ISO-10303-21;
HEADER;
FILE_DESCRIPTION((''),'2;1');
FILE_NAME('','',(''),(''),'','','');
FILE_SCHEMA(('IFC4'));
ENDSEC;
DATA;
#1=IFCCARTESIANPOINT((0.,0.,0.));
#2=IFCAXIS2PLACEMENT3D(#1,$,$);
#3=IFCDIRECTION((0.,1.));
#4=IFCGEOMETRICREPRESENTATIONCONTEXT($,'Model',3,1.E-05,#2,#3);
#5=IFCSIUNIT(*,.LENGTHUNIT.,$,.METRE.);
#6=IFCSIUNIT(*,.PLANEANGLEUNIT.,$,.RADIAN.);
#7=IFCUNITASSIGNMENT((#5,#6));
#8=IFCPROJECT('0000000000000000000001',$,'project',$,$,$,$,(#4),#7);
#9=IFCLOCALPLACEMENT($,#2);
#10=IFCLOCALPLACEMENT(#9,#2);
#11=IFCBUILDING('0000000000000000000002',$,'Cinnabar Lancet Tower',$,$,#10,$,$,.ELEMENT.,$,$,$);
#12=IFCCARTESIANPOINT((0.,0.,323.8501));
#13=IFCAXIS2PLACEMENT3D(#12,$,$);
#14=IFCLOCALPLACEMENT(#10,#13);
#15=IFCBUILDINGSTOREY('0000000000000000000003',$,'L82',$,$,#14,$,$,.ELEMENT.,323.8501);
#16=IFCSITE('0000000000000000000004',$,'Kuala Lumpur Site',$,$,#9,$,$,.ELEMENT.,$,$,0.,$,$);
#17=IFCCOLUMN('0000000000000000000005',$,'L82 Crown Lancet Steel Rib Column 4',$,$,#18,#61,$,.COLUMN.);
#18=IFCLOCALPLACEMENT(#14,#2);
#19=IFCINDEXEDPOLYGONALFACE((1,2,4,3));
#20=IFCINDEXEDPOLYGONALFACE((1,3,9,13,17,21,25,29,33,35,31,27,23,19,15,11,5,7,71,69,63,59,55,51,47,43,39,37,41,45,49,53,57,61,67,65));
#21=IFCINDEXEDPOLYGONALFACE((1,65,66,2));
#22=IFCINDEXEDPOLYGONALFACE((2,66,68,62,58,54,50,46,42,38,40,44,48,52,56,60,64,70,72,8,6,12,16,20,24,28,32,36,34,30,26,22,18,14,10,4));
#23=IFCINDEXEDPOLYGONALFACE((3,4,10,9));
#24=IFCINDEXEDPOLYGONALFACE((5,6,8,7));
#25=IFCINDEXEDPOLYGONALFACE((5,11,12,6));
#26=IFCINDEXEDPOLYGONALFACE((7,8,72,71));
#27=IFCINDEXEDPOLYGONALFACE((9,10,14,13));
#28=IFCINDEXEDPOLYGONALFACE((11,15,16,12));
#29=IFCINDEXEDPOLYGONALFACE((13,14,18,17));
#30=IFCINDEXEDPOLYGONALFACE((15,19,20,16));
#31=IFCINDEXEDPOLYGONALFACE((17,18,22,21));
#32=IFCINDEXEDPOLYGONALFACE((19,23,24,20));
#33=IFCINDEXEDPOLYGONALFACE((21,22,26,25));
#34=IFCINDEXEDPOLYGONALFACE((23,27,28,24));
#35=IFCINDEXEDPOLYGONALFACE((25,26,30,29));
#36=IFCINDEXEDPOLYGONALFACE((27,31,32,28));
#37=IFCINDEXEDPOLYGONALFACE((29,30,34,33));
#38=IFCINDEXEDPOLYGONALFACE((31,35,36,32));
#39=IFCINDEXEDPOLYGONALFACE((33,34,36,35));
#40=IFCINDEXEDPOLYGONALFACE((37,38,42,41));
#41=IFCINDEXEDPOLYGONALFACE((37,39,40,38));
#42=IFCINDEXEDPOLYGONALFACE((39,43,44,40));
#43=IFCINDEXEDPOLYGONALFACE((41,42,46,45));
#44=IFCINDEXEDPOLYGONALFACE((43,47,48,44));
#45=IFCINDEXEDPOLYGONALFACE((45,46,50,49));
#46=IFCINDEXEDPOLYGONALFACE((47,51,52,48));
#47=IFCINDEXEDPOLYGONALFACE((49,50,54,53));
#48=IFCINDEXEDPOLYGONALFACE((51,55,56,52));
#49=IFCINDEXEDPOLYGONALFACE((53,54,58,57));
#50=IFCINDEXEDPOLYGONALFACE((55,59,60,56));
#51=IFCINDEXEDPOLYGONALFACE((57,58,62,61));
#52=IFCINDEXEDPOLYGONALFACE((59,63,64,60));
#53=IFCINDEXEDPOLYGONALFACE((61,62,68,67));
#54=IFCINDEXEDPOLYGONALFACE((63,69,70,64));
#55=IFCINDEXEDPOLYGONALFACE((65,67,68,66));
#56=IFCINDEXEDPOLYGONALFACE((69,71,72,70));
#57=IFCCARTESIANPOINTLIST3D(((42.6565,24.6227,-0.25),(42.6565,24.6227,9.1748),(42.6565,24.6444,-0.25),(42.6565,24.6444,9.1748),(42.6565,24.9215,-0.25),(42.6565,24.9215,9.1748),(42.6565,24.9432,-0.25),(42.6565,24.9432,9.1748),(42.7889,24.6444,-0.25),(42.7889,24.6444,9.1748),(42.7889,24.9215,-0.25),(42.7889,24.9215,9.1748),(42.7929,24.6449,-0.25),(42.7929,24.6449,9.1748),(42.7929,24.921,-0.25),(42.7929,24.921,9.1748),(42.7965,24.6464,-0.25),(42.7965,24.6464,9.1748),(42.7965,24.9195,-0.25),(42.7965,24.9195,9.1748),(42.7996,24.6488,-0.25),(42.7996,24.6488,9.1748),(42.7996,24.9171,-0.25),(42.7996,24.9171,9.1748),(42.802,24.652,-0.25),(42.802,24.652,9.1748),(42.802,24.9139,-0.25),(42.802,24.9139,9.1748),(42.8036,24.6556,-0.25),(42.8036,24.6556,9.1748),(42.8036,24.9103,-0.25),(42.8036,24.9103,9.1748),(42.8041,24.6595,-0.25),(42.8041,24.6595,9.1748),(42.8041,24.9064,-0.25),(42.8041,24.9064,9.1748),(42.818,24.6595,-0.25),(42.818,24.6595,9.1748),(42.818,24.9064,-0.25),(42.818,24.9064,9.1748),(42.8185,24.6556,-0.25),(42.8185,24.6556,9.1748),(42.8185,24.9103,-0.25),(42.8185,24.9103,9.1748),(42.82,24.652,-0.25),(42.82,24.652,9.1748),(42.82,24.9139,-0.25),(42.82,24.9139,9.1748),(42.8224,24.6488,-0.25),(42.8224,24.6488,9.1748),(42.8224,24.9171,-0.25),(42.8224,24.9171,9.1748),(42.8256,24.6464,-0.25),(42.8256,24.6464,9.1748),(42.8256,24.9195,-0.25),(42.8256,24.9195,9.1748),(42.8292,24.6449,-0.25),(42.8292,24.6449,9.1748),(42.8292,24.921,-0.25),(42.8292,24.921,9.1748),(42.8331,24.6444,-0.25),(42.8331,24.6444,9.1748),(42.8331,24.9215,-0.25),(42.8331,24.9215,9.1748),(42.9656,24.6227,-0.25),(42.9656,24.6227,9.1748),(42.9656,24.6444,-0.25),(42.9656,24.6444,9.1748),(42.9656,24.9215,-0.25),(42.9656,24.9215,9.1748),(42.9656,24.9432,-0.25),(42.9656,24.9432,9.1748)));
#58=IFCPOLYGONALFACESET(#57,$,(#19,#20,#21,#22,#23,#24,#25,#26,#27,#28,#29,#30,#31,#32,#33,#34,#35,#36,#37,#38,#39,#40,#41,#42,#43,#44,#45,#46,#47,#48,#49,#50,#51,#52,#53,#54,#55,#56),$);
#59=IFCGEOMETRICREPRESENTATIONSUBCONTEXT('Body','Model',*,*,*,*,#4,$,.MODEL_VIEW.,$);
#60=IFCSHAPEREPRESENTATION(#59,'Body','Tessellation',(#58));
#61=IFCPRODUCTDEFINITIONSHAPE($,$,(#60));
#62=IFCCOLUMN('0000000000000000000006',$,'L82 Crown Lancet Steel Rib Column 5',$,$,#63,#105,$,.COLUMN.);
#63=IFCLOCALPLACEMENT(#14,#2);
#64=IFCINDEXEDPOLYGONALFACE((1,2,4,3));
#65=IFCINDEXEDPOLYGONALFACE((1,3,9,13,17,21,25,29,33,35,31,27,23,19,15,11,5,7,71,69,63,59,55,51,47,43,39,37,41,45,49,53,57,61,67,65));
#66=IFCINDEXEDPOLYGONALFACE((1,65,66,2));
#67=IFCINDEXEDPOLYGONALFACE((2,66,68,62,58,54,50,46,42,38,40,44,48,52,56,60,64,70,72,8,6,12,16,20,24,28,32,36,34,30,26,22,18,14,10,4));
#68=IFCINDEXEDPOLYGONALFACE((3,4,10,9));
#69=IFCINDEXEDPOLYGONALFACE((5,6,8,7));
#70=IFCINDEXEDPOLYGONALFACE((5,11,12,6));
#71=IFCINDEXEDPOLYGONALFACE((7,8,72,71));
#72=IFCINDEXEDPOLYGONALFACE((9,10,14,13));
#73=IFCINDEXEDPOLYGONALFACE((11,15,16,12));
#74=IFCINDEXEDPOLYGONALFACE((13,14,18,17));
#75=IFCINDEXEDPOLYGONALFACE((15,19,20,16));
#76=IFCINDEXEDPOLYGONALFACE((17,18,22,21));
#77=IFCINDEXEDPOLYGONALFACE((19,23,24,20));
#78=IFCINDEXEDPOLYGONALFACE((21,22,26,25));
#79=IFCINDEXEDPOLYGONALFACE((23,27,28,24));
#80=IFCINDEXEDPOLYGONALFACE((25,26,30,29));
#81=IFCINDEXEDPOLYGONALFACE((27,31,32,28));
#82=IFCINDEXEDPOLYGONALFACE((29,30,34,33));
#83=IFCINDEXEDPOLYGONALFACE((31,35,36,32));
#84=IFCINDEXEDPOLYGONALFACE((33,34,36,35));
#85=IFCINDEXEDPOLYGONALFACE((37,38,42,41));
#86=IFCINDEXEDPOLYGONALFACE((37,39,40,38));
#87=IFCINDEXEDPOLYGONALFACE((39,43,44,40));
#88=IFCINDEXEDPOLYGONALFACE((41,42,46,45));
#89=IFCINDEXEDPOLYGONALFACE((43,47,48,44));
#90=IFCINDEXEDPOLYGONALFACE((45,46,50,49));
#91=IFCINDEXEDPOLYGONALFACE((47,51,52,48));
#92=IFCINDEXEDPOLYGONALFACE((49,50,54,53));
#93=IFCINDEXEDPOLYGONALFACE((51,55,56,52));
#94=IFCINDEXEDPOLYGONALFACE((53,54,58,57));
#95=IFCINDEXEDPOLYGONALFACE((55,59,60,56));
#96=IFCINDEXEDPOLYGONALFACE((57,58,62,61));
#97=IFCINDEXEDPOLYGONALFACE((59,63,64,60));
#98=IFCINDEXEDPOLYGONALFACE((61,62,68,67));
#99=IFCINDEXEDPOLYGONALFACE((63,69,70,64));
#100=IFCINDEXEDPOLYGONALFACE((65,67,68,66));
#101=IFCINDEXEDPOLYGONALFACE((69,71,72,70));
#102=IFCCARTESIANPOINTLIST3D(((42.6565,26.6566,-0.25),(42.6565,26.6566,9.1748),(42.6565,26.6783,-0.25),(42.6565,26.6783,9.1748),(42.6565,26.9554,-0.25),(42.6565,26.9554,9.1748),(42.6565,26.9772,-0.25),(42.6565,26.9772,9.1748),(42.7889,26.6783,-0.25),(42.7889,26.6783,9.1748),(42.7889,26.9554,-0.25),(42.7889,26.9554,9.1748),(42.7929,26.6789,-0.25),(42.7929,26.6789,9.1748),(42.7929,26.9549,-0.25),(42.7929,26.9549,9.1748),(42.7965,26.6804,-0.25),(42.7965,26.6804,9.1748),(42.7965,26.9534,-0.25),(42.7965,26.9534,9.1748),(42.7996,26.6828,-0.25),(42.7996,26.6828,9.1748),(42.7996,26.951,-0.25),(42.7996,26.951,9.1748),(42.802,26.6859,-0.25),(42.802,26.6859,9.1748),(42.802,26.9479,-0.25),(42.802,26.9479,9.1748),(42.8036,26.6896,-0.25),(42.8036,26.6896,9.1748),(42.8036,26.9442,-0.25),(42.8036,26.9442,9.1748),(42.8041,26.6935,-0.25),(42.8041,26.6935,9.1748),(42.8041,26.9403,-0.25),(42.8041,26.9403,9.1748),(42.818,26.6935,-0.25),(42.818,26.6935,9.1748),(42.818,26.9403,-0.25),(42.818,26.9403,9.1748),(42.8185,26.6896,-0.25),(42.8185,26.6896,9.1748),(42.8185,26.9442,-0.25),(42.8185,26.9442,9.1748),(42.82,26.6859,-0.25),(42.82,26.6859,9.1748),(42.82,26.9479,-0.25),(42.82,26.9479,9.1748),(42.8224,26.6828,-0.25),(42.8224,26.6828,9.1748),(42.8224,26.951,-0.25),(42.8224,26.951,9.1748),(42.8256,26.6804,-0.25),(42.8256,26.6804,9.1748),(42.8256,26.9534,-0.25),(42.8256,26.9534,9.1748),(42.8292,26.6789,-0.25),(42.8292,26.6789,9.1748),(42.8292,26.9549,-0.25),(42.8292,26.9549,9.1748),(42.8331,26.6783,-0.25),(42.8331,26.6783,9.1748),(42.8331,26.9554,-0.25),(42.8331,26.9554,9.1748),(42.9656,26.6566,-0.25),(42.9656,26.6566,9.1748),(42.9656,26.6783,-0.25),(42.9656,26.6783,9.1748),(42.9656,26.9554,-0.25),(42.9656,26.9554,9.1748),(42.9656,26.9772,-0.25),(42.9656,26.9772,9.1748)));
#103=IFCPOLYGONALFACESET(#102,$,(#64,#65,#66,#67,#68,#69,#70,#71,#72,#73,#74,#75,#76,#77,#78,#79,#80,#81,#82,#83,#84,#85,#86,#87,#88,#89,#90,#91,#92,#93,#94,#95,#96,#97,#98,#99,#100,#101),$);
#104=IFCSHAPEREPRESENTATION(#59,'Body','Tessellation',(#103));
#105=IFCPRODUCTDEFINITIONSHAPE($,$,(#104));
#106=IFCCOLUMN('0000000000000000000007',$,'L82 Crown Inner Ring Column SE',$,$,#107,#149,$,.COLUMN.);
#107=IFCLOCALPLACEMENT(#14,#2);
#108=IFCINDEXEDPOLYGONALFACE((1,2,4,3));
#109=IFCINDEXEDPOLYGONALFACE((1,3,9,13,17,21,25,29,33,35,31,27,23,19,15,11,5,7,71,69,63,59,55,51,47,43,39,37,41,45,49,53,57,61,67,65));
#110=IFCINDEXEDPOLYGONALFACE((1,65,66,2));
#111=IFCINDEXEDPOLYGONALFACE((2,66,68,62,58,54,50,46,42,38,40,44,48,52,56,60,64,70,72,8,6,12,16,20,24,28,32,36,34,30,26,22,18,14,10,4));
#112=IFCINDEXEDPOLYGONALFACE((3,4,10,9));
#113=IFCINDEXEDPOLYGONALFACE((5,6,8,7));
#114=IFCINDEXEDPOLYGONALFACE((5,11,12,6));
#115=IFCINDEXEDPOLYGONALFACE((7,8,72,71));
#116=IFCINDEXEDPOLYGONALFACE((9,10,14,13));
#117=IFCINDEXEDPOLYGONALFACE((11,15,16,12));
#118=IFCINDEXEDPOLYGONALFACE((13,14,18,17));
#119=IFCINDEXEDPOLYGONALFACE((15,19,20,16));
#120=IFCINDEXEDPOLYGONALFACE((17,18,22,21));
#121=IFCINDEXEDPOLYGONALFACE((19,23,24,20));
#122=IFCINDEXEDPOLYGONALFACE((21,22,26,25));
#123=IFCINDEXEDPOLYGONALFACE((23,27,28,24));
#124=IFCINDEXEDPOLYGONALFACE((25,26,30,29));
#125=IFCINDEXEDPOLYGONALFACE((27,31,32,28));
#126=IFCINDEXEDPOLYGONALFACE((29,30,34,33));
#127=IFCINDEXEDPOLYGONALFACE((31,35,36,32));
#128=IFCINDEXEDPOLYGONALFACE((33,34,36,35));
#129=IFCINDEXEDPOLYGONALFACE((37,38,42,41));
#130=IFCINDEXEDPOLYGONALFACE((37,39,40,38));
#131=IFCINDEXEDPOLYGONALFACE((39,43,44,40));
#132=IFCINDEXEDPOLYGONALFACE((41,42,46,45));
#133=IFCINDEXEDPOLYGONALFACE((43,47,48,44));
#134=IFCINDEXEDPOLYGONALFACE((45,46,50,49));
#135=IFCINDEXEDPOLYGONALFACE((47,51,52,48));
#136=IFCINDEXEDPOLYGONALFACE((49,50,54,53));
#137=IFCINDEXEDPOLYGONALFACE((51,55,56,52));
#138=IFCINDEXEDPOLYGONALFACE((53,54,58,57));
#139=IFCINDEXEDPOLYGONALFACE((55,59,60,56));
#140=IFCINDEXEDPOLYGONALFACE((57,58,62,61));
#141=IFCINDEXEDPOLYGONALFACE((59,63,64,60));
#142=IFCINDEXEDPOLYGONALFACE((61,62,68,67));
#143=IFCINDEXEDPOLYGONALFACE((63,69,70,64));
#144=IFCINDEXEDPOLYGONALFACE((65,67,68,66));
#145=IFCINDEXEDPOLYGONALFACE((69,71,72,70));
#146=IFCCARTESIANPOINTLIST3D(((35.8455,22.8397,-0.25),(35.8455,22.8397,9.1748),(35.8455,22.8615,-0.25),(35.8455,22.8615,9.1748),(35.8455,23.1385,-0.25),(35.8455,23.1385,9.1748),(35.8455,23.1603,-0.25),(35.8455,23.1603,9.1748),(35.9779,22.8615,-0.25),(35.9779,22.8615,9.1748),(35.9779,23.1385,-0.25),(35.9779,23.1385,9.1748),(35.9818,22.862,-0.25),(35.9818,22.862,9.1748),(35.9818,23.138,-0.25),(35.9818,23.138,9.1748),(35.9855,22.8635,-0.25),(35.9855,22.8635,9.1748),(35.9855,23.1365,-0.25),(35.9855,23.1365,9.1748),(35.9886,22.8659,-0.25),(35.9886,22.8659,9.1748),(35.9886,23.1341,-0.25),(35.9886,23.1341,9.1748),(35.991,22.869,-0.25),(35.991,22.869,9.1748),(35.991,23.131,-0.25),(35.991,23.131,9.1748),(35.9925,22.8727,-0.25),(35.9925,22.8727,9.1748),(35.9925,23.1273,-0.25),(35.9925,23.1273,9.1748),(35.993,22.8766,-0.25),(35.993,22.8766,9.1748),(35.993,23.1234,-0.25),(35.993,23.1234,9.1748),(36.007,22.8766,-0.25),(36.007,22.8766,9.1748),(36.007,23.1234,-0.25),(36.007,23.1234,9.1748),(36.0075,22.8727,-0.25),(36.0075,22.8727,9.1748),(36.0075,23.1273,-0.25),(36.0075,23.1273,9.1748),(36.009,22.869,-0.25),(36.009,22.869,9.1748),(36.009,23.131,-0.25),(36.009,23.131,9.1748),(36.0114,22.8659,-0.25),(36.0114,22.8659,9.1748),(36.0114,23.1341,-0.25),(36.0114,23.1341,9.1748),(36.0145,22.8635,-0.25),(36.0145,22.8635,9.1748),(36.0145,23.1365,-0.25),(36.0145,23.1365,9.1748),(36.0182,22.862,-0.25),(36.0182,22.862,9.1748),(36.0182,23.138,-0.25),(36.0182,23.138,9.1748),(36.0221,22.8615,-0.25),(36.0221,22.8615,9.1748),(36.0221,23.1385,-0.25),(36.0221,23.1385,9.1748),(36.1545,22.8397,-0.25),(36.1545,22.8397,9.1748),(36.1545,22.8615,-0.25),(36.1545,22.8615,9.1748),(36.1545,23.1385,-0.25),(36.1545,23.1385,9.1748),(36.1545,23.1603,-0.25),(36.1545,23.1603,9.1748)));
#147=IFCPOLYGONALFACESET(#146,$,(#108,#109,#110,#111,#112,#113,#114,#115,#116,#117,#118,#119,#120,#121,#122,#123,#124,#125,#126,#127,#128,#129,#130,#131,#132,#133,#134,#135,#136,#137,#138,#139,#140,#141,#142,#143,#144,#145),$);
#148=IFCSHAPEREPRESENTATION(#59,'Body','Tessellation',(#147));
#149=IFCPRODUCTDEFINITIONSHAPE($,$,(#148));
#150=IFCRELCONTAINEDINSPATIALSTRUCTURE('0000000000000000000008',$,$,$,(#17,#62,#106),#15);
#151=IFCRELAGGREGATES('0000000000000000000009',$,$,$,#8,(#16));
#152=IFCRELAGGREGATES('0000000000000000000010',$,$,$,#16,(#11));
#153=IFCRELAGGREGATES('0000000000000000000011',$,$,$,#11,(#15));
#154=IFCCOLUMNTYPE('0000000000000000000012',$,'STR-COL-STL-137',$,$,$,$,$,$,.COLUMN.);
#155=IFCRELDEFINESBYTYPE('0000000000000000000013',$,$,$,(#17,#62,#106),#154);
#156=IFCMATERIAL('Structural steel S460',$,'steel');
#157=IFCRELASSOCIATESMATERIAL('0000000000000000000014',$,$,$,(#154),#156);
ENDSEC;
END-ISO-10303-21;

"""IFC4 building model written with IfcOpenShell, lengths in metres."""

from ifc_helpers import new_model, si_unit, direction, frame, origin, origin_2d, place, context, subcontext, project, spatial, i_section, extrude, material, material_profile, profile_set, type_object, element, save


model = new_model("IFC4")

# Units and contexts
model_context = context("Model", 3, precision=1e-05, world=origin(), true_north=direction((0.0, 1.0)))
body_context = subcontext(model_context, "Body", "Model", "MODEL_VIEW")
ifc_project = project(units=[si_unit("LENGTHUNIT", "METRE"), si_unit("PLANEANGLEUNIT", "RADIAN")], contexts=[model_context])

# Site, building, storey
site_placement = place(None, origin())
site = spatial("IfcSite", under=ifc_project, at=site_placement, Name="Kuala Lumpur Site", CompositionType="ELEMENT", RefElevation=0.0)
building_placement = place(site_placement, origin())
building = spatial("IfcBuilding", under=site, at=building_placement, Name="Cinnabar Lancet Tower", CompositionType="ELEMENT")
storey_placement = place(building_placement, frame((0.0, 0.0, 323.8501)))
storey = spatial("IfcBuildingStorey", under=building, at=storey_placement, Name="L82", CompositionType="ELEMENT", Elevation=323.8501)

# Columns
ifc_material_1 = material(Name="Structural steel S460", Category="steel")
ifc_material_profile_1 = material_profile(ifc_material_1, i_section(OverallWidth=0.3091, OverallDepth=0.3206, WebThickness=0.0139, FlangeThickness=0.0217, FilletRadius=0.0151, at=origin_2d()), Name="UKC 305x305x137")
ifc_profile_set_1 = profile_set([ifc_material_profile_1], Name="Structural steel S460")
column_type = type_object("IfcColumnType", Name="STR-COL-STL-137", PredefinedType="COLUMN", material=ifc_profile_set_1)
for number, where, z_axis, x_axis, name in (
    (1, (42.811, 24.783, -0.25), (0.0, 0.0, 1.0), (1.0, 0.0, 0.0), "L82 Crown Lancet Steel Rib Column 4"),
    (2, (42.811, 26.8169, -0.25), (0.0, 0.0, 1.0), (1.0, 0.0, 0.0), "L82 Crown Lancet Steel Rib Column 5"),
    (3, (36.0, 23.0, -0.25), (0.0, 0.0, 1.0), (1.0, 0.0, 0.0), "L82 Crown Inner Ring Column SE"),
):
    element("IfcColumn", number, at=place(storey_placement, frame(where, z_axis=z_axis, x_axis=x_axis)), inside=storey, type_object=column_type, Name=name, PredefinedType="COLUMN", context=body_context, shape_type="SweptSolid", body=[
        extrude(i_section(OverallWidth=0.3091, OverallDepth=0.3206, WebThickness=0.0139, FlangeThickness=0.0217, FilletRadius=0.0151, at=origin_2d()), origin(), (0.0, 0.0, 1.0), 9.4248),
    ])

save(model, "model.ifc")
